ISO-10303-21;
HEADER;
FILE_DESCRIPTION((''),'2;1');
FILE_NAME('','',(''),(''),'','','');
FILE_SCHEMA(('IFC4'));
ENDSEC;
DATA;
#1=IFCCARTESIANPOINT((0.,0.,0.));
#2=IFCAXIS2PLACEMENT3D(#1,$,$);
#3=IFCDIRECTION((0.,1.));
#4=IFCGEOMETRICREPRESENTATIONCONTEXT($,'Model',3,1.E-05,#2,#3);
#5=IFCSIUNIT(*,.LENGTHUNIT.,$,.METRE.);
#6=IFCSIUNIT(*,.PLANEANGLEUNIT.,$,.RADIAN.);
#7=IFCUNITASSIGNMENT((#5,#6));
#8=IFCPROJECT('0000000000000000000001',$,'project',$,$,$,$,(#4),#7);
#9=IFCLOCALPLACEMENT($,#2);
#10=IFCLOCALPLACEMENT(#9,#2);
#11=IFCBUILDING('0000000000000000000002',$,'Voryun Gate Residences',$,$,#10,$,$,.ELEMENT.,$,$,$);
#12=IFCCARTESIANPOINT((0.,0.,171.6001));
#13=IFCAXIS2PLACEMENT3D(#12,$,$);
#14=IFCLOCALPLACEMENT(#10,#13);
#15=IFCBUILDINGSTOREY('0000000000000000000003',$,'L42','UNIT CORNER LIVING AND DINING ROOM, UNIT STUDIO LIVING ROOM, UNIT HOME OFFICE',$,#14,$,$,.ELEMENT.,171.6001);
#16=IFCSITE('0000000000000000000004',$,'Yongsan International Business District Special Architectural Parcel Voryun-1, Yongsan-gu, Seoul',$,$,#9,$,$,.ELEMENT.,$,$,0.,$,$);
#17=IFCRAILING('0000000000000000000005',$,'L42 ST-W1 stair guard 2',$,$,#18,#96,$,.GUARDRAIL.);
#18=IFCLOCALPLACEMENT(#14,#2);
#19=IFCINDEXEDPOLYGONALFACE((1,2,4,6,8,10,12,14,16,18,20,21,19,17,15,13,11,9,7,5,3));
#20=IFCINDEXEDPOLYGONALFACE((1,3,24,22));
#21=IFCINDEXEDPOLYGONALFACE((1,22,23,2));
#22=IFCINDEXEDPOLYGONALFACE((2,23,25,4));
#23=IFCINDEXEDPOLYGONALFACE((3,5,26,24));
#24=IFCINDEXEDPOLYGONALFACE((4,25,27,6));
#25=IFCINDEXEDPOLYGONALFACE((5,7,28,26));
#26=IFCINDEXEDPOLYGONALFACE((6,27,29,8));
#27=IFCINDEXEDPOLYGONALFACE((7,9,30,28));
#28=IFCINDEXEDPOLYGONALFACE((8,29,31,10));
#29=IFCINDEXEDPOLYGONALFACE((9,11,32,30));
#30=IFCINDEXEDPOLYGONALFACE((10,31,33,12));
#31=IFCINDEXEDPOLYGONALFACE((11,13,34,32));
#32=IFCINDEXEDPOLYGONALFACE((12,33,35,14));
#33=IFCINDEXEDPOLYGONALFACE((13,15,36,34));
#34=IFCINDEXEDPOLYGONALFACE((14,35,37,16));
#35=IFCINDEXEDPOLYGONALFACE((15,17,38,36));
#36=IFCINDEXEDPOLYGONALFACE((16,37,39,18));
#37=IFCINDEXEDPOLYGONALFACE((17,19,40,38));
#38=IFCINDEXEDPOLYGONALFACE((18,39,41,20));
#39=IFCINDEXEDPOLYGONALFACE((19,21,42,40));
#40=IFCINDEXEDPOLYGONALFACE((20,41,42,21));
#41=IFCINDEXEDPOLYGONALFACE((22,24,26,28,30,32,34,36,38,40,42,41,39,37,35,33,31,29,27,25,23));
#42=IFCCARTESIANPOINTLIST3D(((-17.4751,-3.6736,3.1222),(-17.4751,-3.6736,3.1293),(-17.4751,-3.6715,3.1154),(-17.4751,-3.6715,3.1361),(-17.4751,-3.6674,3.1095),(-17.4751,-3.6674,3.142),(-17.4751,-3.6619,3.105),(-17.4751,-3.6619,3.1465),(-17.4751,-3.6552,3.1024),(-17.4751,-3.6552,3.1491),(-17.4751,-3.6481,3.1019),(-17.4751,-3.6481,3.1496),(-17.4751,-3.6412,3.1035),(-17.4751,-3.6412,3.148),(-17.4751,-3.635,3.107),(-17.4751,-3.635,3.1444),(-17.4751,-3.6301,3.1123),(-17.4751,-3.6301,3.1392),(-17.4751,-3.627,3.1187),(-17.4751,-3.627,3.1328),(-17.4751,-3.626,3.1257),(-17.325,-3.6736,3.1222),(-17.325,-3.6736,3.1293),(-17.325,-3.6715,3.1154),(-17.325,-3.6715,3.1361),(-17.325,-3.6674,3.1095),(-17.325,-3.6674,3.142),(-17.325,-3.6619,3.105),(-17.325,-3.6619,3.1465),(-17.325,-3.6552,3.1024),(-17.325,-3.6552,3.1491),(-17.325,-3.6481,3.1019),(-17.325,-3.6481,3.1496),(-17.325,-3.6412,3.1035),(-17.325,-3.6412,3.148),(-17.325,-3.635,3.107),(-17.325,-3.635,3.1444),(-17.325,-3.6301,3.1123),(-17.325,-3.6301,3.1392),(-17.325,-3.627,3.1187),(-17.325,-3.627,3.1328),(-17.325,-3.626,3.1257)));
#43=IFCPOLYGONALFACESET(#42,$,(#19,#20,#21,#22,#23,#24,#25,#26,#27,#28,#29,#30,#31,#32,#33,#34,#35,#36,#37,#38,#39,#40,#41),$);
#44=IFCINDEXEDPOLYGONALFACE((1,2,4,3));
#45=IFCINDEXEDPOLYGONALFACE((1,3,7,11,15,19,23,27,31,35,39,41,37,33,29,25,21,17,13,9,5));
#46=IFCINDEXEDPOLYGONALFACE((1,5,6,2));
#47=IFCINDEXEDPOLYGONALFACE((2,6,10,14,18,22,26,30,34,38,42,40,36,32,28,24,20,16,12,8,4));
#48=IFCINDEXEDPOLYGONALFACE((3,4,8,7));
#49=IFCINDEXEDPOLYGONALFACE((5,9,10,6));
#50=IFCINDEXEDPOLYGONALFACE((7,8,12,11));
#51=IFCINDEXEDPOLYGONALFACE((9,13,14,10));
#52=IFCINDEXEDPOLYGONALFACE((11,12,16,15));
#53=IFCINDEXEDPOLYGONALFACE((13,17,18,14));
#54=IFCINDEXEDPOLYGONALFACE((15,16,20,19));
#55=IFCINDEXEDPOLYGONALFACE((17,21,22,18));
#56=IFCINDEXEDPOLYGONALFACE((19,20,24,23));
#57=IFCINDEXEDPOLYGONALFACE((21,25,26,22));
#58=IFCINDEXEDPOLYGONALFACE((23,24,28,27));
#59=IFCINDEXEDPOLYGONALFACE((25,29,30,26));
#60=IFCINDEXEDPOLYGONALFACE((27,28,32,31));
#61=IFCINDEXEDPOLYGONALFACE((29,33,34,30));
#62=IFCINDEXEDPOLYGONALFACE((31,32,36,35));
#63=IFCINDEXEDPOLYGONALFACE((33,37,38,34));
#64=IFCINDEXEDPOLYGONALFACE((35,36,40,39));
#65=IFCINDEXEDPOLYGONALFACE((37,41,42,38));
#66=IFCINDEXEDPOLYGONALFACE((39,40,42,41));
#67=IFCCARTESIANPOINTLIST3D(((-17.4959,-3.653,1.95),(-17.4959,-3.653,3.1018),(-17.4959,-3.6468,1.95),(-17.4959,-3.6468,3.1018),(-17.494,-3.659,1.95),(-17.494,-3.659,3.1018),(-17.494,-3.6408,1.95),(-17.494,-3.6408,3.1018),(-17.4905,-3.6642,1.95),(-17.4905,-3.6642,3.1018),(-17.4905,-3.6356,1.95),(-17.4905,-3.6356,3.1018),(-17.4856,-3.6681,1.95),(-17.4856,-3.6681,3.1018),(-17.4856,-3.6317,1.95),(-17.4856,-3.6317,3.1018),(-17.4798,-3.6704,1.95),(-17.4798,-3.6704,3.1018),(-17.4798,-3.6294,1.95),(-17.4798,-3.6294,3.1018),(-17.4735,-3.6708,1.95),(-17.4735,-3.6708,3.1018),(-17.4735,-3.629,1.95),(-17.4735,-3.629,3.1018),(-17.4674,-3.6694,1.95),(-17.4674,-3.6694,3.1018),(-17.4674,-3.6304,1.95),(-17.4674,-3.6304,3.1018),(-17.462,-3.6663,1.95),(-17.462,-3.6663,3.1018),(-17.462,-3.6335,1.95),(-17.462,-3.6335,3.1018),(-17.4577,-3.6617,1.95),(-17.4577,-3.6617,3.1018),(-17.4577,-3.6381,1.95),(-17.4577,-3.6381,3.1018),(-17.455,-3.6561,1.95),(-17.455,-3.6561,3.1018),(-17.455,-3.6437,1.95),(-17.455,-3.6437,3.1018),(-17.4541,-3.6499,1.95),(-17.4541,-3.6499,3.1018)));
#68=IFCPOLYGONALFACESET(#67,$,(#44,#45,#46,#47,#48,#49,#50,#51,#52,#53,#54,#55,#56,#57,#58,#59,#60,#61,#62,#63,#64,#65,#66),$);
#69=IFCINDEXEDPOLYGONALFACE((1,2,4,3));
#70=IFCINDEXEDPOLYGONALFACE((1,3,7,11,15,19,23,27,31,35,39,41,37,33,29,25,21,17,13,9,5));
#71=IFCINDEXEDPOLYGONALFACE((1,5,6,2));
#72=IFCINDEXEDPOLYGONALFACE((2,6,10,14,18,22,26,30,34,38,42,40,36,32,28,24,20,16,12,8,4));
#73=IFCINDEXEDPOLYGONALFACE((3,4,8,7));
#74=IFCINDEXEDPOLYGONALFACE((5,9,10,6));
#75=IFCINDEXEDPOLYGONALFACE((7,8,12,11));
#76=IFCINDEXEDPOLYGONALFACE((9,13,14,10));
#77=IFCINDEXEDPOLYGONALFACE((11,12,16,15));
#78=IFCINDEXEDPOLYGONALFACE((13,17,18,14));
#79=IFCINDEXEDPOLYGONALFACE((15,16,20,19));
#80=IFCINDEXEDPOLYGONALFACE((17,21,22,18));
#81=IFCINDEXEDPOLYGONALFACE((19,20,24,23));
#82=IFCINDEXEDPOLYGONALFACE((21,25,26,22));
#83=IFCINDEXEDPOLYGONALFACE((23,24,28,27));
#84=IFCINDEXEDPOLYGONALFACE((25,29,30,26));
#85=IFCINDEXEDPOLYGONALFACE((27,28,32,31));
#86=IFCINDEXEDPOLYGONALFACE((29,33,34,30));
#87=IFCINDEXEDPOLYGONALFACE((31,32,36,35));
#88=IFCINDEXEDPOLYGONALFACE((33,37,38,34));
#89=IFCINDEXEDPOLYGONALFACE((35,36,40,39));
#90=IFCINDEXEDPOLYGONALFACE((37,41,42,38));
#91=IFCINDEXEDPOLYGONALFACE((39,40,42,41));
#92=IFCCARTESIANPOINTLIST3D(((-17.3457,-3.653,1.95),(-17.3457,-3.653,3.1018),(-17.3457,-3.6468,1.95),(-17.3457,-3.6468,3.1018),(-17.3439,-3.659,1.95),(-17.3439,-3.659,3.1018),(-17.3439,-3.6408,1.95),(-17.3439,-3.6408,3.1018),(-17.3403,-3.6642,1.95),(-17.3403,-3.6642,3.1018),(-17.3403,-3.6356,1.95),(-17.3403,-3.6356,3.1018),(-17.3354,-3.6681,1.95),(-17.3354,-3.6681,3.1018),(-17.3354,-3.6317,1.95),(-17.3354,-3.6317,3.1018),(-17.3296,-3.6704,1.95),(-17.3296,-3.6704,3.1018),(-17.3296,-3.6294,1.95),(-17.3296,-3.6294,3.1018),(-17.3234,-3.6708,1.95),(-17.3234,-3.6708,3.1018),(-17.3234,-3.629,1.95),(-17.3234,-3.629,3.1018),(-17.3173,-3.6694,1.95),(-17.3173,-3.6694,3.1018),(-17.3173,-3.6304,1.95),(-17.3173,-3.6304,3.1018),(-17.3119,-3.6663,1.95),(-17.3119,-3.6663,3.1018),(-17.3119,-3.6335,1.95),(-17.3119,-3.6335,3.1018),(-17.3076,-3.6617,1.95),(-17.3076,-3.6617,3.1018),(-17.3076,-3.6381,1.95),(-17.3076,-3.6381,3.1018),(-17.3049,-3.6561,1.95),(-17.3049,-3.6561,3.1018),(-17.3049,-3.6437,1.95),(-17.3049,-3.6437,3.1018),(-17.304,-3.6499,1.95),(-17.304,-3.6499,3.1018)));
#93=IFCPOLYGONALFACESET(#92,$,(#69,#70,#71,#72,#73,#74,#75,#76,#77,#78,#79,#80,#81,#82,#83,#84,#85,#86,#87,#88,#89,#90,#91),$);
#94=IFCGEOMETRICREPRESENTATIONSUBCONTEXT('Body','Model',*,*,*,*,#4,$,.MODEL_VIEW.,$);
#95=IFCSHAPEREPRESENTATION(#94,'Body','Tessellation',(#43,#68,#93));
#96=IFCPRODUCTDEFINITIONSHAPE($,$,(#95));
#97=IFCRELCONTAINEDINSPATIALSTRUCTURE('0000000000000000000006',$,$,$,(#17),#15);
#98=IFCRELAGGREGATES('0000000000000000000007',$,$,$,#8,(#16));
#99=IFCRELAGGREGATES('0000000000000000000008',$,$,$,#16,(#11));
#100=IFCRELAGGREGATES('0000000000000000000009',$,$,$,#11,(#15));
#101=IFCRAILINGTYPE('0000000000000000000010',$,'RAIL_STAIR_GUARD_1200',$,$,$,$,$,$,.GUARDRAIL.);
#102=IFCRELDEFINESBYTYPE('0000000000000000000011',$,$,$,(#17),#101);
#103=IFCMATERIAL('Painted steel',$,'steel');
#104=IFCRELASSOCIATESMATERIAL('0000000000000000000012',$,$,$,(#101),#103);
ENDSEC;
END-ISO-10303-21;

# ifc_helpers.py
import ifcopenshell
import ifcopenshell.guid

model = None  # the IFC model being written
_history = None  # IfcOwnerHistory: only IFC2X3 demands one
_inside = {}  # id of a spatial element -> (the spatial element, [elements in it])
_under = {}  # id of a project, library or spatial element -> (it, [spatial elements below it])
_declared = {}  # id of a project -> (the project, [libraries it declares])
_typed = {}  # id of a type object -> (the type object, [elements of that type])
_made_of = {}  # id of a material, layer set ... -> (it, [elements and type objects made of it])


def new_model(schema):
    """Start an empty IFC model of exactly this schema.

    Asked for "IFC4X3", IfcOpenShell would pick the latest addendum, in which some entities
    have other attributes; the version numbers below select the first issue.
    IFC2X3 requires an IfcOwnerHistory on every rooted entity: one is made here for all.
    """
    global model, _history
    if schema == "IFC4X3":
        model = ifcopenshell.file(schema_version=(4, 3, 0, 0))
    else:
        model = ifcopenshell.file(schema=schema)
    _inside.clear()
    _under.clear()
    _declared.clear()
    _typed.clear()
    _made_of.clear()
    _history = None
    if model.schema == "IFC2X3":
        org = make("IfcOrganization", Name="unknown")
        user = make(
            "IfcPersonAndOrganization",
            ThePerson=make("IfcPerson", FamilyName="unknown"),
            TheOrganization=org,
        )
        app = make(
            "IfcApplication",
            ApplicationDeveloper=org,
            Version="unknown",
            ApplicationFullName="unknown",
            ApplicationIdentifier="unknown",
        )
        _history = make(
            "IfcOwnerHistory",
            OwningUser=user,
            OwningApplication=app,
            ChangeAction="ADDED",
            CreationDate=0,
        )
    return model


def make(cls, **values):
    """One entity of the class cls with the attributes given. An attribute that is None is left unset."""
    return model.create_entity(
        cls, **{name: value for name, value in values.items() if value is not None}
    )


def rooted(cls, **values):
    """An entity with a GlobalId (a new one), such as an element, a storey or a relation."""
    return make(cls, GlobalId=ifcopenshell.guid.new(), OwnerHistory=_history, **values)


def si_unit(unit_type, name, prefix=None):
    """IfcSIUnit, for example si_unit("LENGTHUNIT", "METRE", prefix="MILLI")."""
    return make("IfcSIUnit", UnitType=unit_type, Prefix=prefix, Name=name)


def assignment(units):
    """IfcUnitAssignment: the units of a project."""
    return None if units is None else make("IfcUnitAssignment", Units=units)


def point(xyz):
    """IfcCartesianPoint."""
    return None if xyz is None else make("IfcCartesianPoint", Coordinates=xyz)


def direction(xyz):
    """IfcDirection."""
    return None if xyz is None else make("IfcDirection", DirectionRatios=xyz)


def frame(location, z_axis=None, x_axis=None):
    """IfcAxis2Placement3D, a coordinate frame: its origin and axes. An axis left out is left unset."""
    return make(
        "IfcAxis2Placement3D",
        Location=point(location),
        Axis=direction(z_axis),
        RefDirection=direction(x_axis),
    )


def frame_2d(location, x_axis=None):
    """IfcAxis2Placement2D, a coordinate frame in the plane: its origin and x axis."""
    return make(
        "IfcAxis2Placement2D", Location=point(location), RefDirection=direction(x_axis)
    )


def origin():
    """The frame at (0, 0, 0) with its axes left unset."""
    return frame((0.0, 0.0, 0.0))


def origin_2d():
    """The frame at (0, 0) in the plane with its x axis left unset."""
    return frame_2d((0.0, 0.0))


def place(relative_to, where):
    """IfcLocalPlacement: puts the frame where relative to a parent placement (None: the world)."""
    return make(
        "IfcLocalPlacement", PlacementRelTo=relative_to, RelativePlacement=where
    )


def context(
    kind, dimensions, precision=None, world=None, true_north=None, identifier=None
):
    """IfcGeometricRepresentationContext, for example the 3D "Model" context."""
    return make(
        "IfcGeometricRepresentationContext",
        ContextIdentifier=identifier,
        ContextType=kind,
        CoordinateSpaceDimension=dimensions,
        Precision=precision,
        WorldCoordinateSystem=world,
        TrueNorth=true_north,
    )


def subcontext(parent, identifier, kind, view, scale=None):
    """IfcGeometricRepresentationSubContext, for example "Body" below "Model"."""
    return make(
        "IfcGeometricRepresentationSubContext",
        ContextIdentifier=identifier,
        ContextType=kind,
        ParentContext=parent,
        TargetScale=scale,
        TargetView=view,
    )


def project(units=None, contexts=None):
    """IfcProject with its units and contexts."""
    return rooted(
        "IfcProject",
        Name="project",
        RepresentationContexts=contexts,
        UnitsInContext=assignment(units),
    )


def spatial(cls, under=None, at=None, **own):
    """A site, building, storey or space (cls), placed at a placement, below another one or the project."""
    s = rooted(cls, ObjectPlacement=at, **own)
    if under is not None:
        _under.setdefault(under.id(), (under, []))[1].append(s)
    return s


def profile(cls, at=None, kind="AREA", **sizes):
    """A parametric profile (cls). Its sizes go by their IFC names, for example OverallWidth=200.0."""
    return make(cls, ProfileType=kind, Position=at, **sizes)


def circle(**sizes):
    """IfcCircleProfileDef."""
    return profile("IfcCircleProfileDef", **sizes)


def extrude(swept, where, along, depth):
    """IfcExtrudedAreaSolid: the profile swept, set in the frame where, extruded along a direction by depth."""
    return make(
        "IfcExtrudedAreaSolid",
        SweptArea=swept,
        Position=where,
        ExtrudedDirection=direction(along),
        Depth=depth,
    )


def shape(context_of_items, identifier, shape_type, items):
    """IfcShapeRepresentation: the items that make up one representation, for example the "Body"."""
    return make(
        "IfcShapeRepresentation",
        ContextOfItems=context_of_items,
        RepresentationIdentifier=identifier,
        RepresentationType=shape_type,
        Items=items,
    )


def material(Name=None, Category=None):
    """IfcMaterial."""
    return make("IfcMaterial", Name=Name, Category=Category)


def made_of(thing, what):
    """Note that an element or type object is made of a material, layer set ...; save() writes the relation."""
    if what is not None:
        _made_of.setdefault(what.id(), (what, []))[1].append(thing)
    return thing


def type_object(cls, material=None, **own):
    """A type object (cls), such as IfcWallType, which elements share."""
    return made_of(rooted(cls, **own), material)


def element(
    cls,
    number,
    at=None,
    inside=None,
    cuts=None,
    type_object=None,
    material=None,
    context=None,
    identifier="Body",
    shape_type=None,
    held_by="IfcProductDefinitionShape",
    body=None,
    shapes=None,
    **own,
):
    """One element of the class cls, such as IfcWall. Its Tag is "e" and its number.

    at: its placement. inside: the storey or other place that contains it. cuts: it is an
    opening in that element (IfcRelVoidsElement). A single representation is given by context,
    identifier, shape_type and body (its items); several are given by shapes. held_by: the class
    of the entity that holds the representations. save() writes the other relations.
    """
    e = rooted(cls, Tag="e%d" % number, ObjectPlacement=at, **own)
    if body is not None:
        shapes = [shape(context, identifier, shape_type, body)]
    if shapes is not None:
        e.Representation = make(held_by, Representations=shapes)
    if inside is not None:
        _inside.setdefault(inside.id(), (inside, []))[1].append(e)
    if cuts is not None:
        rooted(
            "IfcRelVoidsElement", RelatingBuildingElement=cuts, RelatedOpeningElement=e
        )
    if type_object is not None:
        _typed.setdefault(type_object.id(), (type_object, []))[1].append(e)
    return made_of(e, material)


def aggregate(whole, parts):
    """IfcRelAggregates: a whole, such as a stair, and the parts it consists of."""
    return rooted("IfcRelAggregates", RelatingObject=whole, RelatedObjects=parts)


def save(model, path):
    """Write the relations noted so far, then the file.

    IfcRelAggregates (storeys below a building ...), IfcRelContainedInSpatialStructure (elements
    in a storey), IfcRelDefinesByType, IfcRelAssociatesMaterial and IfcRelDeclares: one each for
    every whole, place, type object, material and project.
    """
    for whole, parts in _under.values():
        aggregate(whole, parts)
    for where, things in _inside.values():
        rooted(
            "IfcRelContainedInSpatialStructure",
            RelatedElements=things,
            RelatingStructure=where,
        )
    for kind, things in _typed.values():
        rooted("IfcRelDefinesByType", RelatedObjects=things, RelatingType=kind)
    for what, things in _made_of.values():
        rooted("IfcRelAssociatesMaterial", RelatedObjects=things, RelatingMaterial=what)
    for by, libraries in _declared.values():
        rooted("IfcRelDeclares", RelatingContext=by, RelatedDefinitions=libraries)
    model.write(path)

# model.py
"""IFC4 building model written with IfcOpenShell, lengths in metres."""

from ifc_helpers import new_model, si_unit, direction, frame, origin, origin_2d, place, context, subcontext, project, spatial, circle, extrude, material, type_object, element, save


model = new_model("IFC4")

# Units and contexts
model_context = context("Model", 3, precision=1e-05, world=origin(), true_north=direction((0.0, 1.0)))
body_context = subcontext(model_context, "Body", "Model", "MODEL_VIEW")
ifc_project = project(units=[si_unit("LENGTHUNIT", "METRE"), si_unit("PLANEANGLEUNIT", "RADIAN")], contexts=[model_context])

# Site, building, storey
site_placement = place(None, origin())
site = spatial("IfcSite", under=ifc_project, at=site_placement, Name="Yongsan International Business District Special Architectural Parcel Voryun-1, Yongsan-gu, Seoul", CompositionType="ELEMENT", RefElevation=0.0)
building_placement = place(site_placement, origin())
building = spatial("IfcBuilding", under=site, at=building_placement, Name="Voryun Gate Residences", CompositionType="ELEMENT")
storey_placement = place(building_placement, frame((0.0, 0.0, 171.6001)))
storey = spatial("IfcBuildingStorey", under=building, at=storey_placement, Name="L42", Description="UNIT CORNER LIVING AND DINING ROOM, UNIT STUDIO LIVING ROOM, UNIT HOME OFFICE", CompositionType="ELEMENT", Elevation=171.6001)

# Railing
ifc_material_1 = material(Name="Painted steel", Category="steel")
railing_type_1 = type_object("IfcRailingType", Name="RAIL_STAIR_GUARD_1200", PredefinedType="GUARDRAIL", material=ifc_material_1)
railing_1_placement = place(storey_placement, frame((-17.4751, -3.6499, 1.95)))
element("IfcRailing", 1, at=railing_1_placement, inside=storey, type_object=railing_type_1, Name="L42 ST-W1 stair guard 2", PredefinedType="GUARDRAIL", context=body_context, shape_type="SweptSolid", body=[
    extrude(circle(Radius=0.0239, at=origin_2d()), frame((0.0, 0.0, 1.1758), z_axis=(1.0, 0.0, 0.0), x_axis=(0.0, 1.0, 0.0)), (0.0, 0.0, 1.0), 0.1501),
    extrude(circle(Radius=0.021, at=origin_2d()), origin(), (0.0, 0.0, 1.0), 1.1519),
    extrude(circle(Radius=0.021, at=origin_2d()), frame((0.1501, 0.0, 0.0)), (0.0, 0.0, 1.0), 1.1519),
])

save(model, "model.ifc")
